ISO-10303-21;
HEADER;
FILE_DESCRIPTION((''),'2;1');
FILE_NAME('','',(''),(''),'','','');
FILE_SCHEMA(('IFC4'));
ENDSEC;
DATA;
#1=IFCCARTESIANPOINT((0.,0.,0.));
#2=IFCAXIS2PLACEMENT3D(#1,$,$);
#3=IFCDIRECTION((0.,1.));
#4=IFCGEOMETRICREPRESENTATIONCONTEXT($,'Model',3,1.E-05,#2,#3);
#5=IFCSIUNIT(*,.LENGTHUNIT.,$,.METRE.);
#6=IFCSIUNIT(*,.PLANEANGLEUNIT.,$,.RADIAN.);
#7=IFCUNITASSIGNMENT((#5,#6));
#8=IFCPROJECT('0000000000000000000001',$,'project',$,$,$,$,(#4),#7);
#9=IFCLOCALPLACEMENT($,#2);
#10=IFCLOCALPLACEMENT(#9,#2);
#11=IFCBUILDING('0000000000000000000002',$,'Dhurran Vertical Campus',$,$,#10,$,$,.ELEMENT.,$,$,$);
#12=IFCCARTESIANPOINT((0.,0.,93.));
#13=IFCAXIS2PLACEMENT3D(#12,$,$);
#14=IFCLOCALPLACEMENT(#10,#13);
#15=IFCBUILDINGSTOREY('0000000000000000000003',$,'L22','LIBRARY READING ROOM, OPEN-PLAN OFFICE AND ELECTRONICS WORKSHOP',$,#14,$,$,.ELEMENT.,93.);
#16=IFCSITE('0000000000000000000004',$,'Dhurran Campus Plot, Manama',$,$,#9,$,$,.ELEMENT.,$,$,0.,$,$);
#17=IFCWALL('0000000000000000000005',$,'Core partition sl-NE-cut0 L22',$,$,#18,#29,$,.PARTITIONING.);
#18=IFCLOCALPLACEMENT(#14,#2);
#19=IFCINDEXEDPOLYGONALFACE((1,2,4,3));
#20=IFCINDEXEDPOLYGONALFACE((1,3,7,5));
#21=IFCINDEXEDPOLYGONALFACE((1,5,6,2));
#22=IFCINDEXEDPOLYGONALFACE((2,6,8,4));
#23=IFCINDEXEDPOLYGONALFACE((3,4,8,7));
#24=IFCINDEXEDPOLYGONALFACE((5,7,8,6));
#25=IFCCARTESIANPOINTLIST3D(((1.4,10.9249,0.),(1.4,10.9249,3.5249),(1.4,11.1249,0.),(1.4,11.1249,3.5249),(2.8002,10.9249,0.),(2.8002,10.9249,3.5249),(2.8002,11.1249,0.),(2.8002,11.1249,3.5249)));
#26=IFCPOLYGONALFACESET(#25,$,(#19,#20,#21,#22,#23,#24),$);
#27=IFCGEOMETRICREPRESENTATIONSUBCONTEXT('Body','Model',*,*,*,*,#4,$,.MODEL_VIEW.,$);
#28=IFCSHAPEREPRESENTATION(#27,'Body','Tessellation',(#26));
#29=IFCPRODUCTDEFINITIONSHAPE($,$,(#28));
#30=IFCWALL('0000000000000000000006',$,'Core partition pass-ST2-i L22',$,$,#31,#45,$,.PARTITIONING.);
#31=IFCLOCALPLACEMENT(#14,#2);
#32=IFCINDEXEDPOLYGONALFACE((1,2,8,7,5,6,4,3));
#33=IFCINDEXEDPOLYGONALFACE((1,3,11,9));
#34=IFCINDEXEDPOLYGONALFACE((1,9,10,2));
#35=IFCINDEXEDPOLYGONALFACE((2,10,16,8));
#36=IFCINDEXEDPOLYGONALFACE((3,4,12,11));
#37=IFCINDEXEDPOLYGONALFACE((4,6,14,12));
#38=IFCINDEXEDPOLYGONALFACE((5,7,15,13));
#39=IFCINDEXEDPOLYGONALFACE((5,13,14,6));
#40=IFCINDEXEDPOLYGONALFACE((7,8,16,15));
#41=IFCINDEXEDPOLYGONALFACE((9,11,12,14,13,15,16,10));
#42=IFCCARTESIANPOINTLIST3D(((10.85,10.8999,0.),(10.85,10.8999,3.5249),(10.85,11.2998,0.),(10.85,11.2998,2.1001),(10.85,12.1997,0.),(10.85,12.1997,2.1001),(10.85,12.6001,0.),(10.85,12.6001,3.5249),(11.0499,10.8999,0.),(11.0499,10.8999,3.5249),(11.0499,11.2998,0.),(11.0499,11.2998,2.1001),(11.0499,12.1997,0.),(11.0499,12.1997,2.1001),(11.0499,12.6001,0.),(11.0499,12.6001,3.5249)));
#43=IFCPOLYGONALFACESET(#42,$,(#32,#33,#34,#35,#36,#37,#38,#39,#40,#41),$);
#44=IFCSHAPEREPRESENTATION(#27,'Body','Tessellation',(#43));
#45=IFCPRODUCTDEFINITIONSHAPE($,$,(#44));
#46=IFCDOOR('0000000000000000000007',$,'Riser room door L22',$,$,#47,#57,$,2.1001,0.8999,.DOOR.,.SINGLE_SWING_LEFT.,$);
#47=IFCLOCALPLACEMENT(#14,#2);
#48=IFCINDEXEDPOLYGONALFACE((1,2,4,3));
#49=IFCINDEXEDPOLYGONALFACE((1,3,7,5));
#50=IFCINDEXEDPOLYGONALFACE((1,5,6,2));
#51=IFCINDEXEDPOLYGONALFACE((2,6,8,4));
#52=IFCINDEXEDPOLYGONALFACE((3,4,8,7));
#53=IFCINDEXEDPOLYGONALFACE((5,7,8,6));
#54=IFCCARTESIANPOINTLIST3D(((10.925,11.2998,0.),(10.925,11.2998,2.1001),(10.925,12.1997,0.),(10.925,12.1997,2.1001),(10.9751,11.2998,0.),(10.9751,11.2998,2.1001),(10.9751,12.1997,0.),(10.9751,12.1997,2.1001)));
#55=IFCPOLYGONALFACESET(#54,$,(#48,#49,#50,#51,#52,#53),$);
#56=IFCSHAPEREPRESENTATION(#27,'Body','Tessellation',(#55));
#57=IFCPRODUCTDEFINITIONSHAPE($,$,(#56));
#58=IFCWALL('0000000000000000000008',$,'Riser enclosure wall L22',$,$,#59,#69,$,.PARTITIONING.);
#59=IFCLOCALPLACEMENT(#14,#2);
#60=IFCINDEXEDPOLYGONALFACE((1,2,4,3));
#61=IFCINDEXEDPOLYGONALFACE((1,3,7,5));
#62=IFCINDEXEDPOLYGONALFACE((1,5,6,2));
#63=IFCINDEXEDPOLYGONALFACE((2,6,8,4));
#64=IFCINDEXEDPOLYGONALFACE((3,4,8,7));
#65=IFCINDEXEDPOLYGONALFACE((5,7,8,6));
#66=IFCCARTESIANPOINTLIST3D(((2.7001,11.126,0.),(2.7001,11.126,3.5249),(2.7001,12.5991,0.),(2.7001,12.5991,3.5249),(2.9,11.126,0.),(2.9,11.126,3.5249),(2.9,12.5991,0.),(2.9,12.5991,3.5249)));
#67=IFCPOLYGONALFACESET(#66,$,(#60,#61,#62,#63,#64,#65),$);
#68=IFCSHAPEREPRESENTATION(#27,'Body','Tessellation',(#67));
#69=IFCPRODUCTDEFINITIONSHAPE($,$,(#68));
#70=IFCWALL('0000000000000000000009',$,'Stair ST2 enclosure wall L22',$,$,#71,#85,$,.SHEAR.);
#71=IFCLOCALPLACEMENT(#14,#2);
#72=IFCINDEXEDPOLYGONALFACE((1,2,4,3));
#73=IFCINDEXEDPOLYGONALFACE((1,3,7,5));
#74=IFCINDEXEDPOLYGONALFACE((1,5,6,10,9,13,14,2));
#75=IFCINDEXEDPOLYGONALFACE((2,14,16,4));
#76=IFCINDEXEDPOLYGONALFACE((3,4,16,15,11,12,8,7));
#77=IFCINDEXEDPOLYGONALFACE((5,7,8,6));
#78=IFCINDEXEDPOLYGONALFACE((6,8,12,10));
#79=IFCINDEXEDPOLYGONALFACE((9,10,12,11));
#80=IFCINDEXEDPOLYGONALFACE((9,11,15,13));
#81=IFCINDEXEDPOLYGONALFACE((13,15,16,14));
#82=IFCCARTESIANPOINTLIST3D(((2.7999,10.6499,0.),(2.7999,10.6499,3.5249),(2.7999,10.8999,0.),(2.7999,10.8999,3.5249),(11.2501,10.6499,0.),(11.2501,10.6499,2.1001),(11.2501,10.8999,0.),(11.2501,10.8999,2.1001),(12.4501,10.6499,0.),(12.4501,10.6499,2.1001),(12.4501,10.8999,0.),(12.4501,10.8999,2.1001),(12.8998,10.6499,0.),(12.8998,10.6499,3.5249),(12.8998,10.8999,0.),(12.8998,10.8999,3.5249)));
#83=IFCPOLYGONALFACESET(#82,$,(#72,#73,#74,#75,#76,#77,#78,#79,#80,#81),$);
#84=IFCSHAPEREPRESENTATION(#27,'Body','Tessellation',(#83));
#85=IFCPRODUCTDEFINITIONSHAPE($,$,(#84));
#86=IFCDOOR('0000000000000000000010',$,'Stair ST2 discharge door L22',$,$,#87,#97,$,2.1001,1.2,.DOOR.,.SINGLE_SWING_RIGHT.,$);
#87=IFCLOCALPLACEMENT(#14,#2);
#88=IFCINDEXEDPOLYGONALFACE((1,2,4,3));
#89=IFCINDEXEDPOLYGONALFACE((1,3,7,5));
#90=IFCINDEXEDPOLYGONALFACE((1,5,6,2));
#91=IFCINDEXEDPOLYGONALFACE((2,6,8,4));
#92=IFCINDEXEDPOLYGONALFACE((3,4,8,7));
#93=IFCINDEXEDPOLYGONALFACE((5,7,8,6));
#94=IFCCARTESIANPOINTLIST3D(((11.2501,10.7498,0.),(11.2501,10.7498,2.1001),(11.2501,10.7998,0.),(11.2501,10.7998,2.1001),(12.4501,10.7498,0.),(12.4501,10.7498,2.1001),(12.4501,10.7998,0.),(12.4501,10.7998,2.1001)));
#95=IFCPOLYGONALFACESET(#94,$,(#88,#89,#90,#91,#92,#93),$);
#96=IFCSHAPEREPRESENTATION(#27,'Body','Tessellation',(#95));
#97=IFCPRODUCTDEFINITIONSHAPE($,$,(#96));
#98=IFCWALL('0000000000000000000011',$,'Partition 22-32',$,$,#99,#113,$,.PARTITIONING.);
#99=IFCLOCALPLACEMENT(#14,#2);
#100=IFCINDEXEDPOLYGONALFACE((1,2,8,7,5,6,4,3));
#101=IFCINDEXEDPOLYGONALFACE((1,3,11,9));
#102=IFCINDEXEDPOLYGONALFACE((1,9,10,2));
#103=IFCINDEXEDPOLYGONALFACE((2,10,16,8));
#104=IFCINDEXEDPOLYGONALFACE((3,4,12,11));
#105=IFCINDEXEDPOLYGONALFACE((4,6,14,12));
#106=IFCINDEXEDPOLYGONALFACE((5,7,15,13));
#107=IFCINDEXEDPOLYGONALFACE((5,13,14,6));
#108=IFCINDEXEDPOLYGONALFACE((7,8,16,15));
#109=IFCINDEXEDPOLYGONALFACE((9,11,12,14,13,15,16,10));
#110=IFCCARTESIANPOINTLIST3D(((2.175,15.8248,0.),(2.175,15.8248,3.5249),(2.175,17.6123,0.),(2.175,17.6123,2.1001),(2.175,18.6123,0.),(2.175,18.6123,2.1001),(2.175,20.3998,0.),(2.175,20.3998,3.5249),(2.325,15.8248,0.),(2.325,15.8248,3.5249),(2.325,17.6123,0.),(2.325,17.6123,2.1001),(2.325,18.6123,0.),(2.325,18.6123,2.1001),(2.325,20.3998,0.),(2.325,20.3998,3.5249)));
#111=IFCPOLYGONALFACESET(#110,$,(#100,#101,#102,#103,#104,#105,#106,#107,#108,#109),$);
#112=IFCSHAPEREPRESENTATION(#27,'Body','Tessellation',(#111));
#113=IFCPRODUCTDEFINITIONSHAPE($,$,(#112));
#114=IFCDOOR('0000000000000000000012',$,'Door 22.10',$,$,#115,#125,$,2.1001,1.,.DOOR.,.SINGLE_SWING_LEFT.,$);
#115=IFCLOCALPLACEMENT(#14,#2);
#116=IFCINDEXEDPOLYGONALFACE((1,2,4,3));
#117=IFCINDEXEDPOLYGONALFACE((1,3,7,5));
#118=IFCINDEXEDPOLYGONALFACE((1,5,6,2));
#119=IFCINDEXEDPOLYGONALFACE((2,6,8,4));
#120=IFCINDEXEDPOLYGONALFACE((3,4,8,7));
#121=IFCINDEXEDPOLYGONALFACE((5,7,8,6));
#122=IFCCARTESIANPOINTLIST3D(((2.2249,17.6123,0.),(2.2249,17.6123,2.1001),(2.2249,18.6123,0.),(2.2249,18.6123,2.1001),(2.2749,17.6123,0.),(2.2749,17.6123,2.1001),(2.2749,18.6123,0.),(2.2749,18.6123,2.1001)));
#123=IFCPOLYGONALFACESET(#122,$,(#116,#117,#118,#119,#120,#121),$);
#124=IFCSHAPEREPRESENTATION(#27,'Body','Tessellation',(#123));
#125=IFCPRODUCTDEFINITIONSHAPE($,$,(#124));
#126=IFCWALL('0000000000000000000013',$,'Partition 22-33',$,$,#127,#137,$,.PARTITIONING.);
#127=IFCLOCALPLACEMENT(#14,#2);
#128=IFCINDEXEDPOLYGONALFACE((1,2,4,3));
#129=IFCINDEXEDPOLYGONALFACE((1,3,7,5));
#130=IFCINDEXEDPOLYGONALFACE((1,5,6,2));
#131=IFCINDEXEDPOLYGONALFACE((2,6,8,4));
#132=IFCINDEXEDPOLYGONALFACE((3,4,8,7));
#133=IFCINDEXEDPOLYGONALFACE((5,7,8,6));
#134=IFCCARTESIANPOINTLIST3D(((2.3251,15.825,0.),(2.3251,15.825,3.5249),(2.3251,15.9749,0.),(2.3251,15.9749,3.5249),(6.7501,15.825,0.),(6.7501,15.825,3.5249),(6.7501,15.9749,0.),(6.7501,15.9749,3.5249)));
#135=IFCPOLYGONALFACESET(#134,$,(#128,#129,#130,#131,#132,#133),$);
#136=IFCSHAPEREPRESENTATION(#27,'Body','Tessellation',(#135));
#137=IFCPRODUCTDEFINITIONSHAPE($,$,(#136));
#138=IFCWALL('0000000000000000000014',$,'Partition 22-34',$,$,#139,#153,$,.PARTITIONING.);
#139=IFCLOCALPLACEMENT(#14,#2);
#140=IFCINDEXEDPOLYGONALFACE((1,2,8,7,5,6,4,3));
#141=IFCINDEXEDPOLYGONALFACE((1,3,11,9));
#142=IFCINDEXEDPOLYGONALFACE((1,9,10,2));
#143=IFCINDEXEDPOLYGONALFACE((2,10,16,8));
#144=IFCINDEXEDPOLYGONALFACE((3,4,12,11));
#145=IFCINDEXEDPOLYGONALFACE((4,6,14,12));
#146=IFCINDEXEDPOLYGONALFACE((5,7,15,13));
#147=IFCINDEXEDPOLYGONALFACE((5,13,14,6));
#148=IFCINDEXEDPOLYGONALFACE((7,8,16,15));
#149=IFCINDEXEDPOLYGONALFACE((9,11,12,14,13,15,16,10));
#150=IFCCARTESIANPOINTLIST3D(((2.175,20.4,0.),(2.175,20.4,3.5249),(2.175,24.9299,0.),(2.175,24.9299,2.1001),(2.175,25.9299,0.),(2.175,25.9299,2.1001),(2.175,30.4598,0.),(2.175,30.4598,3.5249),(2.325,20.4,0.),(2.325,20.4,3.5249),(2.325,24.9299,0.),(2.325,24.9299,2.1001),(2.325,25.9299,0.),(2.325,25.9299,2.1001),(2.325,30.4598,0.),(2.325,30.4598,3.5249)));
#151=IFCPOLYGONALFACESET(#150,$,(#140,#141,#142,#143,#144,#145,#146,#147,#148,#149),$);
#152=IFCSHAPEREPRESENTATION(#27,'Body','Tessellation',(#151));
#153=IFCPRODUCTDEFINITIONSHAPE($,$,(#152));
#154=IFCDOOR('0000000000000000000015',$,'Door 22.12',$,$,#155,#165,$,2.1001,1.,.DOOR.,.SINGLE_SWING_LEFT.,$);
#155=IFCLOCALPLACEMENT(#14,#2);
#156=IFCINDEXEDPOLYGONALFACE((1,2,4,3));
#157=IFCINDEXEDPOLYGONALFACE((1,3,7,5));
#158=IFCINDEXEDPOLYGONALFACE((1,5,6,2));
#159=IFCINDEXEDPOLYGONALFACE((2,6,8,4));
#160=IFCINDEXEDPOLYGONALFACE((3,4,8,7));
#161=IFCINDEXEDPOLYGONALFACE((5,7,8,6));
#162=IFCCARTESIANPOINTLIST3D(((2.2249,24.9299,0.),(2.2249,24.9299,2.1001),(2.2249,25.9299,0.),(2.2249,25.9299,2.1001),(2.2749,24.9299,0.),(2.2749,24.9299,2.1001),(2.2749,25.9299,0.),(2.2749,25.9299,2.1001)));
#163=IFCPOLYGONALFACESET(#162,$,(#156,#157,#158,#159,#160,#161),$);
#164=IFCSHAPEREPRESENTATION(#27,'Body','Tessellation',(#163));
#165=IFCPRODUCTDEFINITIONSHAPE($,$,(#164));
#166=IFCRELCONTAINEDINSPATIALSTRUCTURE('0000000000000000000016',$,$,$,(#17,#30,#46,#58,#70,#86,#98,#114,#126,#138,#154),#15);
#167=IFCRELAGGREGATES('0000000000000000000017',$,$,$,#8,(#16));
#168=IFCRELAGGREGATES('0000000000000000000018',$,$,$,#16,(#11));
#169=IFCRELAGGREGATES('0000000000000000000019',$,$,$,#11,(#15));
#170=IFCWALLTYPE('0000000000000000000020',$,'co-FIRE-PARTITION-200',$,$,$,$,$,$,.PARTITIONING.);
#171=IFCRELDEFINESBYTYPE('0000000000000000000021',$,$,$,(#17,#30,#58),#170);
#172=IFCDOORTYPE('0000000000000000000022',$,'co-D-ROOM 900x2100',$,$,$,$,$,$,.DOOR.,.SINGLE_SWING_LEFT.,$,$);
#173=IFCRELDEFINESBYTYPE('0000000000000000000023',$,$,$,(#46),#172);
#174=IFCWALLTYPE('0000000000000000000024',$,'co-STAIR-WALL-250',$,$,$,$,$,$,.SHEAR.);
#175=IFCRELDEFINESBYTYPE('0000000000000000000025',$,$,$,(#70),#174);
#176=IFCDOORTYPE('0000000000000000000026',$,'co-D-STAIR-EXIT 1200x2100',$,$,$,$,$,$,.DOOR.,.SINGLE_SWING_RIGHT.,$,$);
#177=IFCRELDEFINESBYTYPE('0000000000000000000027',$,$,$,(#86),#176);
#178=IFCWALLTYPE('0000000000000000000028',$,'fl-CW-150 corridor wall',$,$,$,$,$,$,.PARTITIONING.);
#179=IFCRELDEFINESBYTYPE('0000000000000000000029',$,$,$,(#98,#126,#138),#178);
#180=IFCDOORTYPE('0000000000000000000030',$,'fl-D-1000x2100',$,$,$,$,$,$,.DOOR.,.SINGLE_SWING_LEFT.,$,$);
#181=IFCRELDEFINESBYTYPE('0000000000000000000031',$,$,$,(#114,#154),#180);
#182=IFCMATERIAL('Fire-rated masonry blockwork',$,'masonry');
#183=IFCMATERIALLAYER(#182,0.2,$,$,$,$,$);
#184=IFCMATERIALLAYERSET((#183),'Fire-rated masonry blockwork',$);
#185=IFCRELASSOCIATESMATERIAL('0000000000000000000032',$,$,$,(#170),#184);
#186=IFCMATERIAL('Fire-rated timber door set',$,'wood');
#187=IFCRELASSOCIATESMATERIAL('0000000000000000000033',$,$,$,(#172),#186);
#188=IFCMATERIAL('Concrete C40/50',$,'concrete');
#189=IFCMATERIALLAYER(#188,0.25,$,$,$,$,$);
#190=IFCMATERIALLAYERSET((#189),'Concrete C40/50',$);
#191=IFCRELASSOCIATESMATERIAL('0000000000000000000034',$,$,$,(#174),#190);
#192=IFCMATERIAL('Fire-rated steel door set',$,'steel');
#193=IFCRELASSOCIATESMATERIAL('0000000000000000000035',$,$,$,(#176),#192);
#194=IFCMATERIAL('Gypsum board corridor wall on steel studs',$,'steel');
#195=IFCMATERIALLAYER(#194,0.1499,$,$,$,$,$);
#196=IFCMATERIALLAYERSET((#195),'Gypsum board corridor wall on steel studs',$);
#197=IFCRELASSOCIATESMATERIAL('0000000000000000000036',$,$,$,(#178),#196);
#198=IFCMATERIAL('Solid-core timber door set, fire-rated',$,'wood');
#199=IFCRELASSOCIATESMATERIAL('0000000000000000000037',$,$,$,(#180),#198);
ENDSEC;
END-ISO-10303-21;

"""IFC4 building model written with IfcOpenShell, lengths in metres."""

from ifc_helpers import new_model, si_unit, direction, frame, frame_2d, origin, place, context, subcontext, project, spatial, rectangle, extrude, material, layer, layer_set, type_object, element, fill, save


model = new_model("IFC4")

# Units and contexts
model_context = context("Model", 3, precision=1e-05, world=origin(), true_north=direction((0.0, 1.0)))
body_context = subcontext(model_context, "Body", "Model", "MODEL_VIEW")
ifc_project = project(units=[si_unit("LENGTHUNIT", "METRE"), si_unit("PLANEANGLEUNIT", "RADIAN")], contexts=[model_context])

# Site, building, storey
site_placement = place(None, origin())
site = spatial("IfcSite", under=ifc_project, at=site_placement, Name="Dhurran Campus Plot, Manama", CompositionType="ELEMENT", RefElevation=0.0)
building_placement = place(site_placement, origin())
building = spatial("IfcBuilding", under=site, at=building_placement, Name="Dhurran Vertical Campus", CompositionType="ELEMENT")
storey_placement = place(building_placement, frame((0.0, 0.0, 93.0)))
storey = spatial("IfcBuildingStorey", under=building, at=storey_placement, Name="L22", Description="LIBRARY READING ROOM, OPEN-PLAN OFFICE AND ELECTRONICS WORKSHOP", CompositionType="ELEMENT", Elevation=93.0)

# Wall
ifc_material_1 = material(Name="Fire-rated masonry blockwork", Category="masonry")
ifc_layer_1 = layer(ifc_material_1, 0.2)
ifc_layer_set_1 = layer_set([ifc_layer_1], Name="Fire-rated masonry blockwork")
wall_type_1 = type_object("IfcWallType", Name="co-FIRE-PARTITION-200", PredefinedType="PARTITIONING", material=ifc_layer_set_1)
wall_1_placement = place(storey_placement, frame((1.3999, 11.0249, 0.0), z_axis=(0.0, 0.0, 1.0), x_axis=(1.0, 0.0, 0.0)))
element("IfcWall", 1, at=wall_1_placement, inside=storey, type_object=wall_type_1, Name="Core partition sl-NE-cut0 L22", PredefinedType="PARTITIONING", context=body_context, shape_type="SweptSolid", body=[
    extrude(rectangle(XDim=1.4001, YDim=0.2, at=frame_2d((0.7002, 0.0))), origin(), (0.0, 0.0, 1.0), 3.5249),
])

# Wall, opening, door
wall_2_placement = place(storey_placement, frame((10.95, 10.8999, 0.0), z_axis=(0.0, 0.0, 1.0), x_axis=(0.0, 1.0, 0.0)))
wall_2 = element("IfcWall", 2, at=wall_2_placement, inside=storey, type_object=wall_type_1, Name="Core partition pass-ST2-i L22", PredefinedType="PARTITIONING", context=body_context, shape_type="SweptSolid", body=[
    extrude(rectangle(XDim=1.7002, YDim=0.2, at=frame_2d((0.8501, 0.0))), origin(), (0.0, 0.0, 1.0), 3.5249),
])
opening_1_placement = place(wall_2_placement, frame((0.3999, 0.0, 0.0)))
opening_1 = element("IfcOpeningElement", 3, at=opening_1_placement, cuts=wall_2, PredefinedType="OPENING", context=body_context, shape_type="SweptSolid", body=[
    extrude(rectangle(XDim=0.8999, YDim=2.1001, at=frame_2d((0.45, 1.05))), frame((0.0, 0.1099, 0.0), z_axis=(0.0, -1.0, 0.0), x_axis=(1.0, 0.0, 0.0)), (0.0, 0.0, 1.0), 0.22),
])
ifc_material_2 = material(Name="Fire-rated timber door set", Category="wood")
door_type_1 = type_object("IfcDoorType", Name="co-D-ROOM 900x2100", OperationType="SINGLE_SWING_LEFT", PredefinedType="DOOR", material=ifc_material_2)
door_1_placement = place(opening_1_placement, origin())
door_1 = element("IfcDoor", 4, at=door_1_placement, inside=storey, type_object=door_type_1, Name="Riser room door L22", OperationType="SINGLE_SWING_LEFT", OverallHeight=2.1001, OverallWidth=0.8999, PredefinedType="DOOR", context=body_context, shape_type="SweptSolid", body=[
    extrude(rectangle(XDim=0.8999, YDim=2.1001, at=frame_2d((0.45, 1.05))), frame((0.0, 0.0249, 0.0), z_axis=(0.0, -1.0, 0.0), x_axis=(1.0, 0.0, 0.0)), (0.0, 0.0, 1.0), 0.05),
])
fill(opening_1, door_1)

# Wall
wall_3_placement = place(storey_placement, frame((2.8, 12.5991, 0.0), z_axis=(0.0, 0.0, 1.0), x_axis=(0.0, -1.0, 0.0)))
element("IfcWall", 5, at=wall_3_placement, inside=storey, type_object=wall_type_1, Name="Riser enclosure wall L22", PredefinedType="PARTITIONING", context=body_context, shape_type="SweptSolid", body=[
    extrude(rectangle(XDim=1.4731, YDim=0.2, at=frame_2d((0.7366, 0.0))), origin(), (0.0, 0.0, 1.0), 3.5249),
])

# Walls, openings, doors
ifc_material_3 = material(Name="Concrete C40/50", Category="concrete")
ifc_layer_2 = layer(ifc_material_3, 0.25)
ifc_layer_set_2 = layer_set([ifc_layer_2], Name="Concrete C40/50")
wall_type_2 = type_object("IfcWallType", Name="co-STAIR-WALL-250", PredefinedType="SHEAR", material=ifc_layer_set_2)
wall_4_placement = place(storey_placement, frame((2.8, 10.7749, 0.0), z_axis=(0.0, 0.0, 1.0), x_axis=(1.0, 0.0, 0.0)))
wall_4 = element("IfcWall", 6, at=wall_4_placement, inside=storey, type_object=wall_type_2, Name="Stair ST2 enclosure wall L22", PredefinedType="SHEAR", context=body_context, shape_type="SweptSolid", body=[
    extrude(rectangle(XDim=10.0999, YDim=0.25, at=frame_2d((5.0498, 0.0))), origin(), (0.0, 0.0, 1.0), 3.5249),
])
opening_2_placement = place(wall_4_placement, frame((8.45, 0.0, 0.0)))
opening_2 = element("IfcOpeningElement", 7, at=opening_2_placement, cuts=wall_4, PredefinedType="OPENING", context=body_context, shape_type="SweptSolid", body=[
    extrude(rectangle(XDim=1.2, YDim=2.1001, at=frame_2d((0.6001, 1.05))), frame((0.0, 0.135, 0.0), z_axis=(0.0, -1.0, 0.0), x_axis=(1.0, 0.0, 0.0)), (0.0, 0.0, 1.0), 0.27),
])
ifc_material_4 = material(Name="Fire-rated steel door set", Category="steel")
door_type_2 = type_object("IfcDoorType", Name="co-D-STAIR-EXIT 1200x2100", OperationType="SINGLE_SWING_RIGHT", PredefinedType="DOOR", material=ifc_material_4)
door_2_placement = place(opening_2_placement, origin())
door_2 = element("IfcDoor", 8, at=door_2_placement, inside=storey, type_object=door_type_2, Name="Stair ST2 discharge door L22", OperationType="SINGLE_SWING_RIGHT", OverallHeight=2.1001, OverallWidth=1.2, PredefinedType="DOOR", context=body_context, shape_type="SweptSolid", body=[
    extrude(rectangle(XDim=1.2, YDim=2.1001, at=frame_2d((0.6001, 1.05))), frame((0.0, 0.0249, 0.0), z_axis=(0.0, -1.0, 0.0), x_axis=(1.0, 0.0, 0.0)), (0.0, 0.0, 1.0), 0.05),
])
fill(opening_2, door_2)
ifc_material_5 = material(Name="Gypsum board corridor wall on steel studs", Category="steel")
ifc_layer_3 = layer(ifc_material_5, 0.1499)
ifc_layer_set_3 = layer_set([ifc_layer_3], Name="Gypsum board corridor wall on steel studs")
wall_type_3 = type_object("IfcWallType", Name="fl-CW-150 corridor wall", PredefinedType="PARTITIONING", material=ifc_layer_set_3)
wall_5_placement = place(storey_placement, frame((2.25, 20.3999, 0.0), z_axis=(0.0, 0.0, 1.0), x_axis=(0.0, -1.0, 0.0)))
wall_5 = element("IfcWall", 9, at=wall_5_placement, inside=storey, type_object=wall_type_3, Name="Partition 22-32", PredefinedType="PARTITIONING", context=body_context, shape_type="SweptSolid", body=[
    extrude(rectangle(XDim=4.575, YDim=0.1499, at=frame_2d((2.2876, 0.0))), origin(), (0.0, 0.0, 1.0), 3.5249),
])
opening_3_placement = place(wall_5_placement, frame((1.7876, 0.0, 0.0)))
opening_3 = element("IfcOpeningElement", 10, at=opening_3_placement, cuts=wall_5, PredefinedType="OPENING", context=body_context, shape_type="SweptSolid", body=[
    extrude(rectangle(XDim=1.0, YDim=2.1001, at=frame_2d((0.5, 1.05))), frame((0.0, 0.085, 0.0), z_axis=(0.0, -1.0, 0.0), x_axis=(1.0, 0.0, 0.0)), (0.0, 0.0, 1.0), 0.1699),
])
ifc_material_6 = material(Name="Solid-core timber door set, fire-rated", Category="wood")
door_type_3 = type_object("IfcDoorType", Name="fl-D-1000x2100", OperationType="SINGLE_SWING_LEFT", PredefinedType="DOOR", material=ifc_material_6)
door_3_placement = place(opening_3_placement, origin())
door_3 = element("IfcDoor", 11, at=door_3_placement, inside=storey, type_object=door_type_3, Name="Door 22.10", OperationType="SINGLE_SWING_LEFT", OverallHeight=2.1001, OverallWidth=1.0, PredefinedType="DOOR", context=body_context, shape_type="SweptSolid", body=[
    extrude(rectangle(XDim=1.0, YDim=2.1001, at=frame_2d((0.5, 1.05))), frame((0.0, 0.0249, 0.0), z_axis=(0.0, -1.0, 0.0), x_axis=(1.0, 0.0, 0.0)), (0.0, 0.0, 1.0), 0.05),
])
fill(opening_3, door_3)

# Wall
wall_6_placement = place(storey_placement, frame((6.75, 15.8999, 0.0), z_axis=(0.0, 0.0, 1.0), x_axis=(-1.0, 0.0, 0.0)))
element("IfcWall", 12, at=wall_6_placement, inside=storey, type_object=wall_type_3, Name="Partition 22-33", PredefinedType="PARTITIONING", context=body_context, shape_type="SweptSolid", body=[
    extrude(rectangle(XDim=4.425, YDim=0.1499, at=frame_2d((2.2124, 0.0))), origin(), (0.0, 0.0, 1.0), 3.5249),
])

# Wall, opening, door
wall_7_placement = place(storey_placement, frame((2.25, 30.4597, 0.0), z_axis=(0.0, 0.0, 1.0), x_axis=(0.0, -1.0, 0.0)))
wall_7 = element("IfcWall", 13, at=wall_7_placement, inside=storey, type_object=wall_type_3, Name="Partition 22-34", PredefinedType="PARTITIONING", context=body_context, shape_type="SweptSolid", body=[
    extrude(rectangle(XDim=10.0598, YDim=0.1499, at=frame_2d((5.0298, 0.0))), origin(), (0.0, 0.0, 1.0), 3.5249),
])
opening_4_placement = place(wall_7_placement, frame((4.5298, 0.0, 0.0)))
opening_4 = element("IfcOpeningElement", 14, at=opening_4_placement, cuts=wall_7, PredefinedType="OPENING", context=body_context, shape_type="SweptSolid", body=[
    extrude(rectangle(XDim=1.0, YDim=2.1001, at=frame_2d((0.5, 1.05))), frame((0.0, 0.085, 0.0), z_axis=(0.0, -1.0, 0.0), x_axis=(1.0, 0.0, 0.0)), (0.0, 0.0, 1.0), 0.1699),
])
door_4_placement = place(opening_4_placement, origin())
door_4 = element("IfcDoor", 15, at=door_4_placement, inside=storey, type_object=door_type_3, Name="Door 22.12", OperationType="SINGLE_SWING_LEFT", OverallHeight=2.1001, OverallWidth=1.0, PredefinedType="DOOR", context=body_context, shape_type="SweptSolid", body=[
    extrude(rectangle(XDim=1.0, YDim=2.1001, at=frame_2d((0.5, 1.05))), frame((0.0, 0.0249, 0.0), z_axis=(0.0, -1.0, 0.0), x_axis=(1.0, 0.0, 0.0)), (0.0, 0.0, 1.0), 0.05),
])
fill(opening_4, door_4)

save(model, "model.ifc")
